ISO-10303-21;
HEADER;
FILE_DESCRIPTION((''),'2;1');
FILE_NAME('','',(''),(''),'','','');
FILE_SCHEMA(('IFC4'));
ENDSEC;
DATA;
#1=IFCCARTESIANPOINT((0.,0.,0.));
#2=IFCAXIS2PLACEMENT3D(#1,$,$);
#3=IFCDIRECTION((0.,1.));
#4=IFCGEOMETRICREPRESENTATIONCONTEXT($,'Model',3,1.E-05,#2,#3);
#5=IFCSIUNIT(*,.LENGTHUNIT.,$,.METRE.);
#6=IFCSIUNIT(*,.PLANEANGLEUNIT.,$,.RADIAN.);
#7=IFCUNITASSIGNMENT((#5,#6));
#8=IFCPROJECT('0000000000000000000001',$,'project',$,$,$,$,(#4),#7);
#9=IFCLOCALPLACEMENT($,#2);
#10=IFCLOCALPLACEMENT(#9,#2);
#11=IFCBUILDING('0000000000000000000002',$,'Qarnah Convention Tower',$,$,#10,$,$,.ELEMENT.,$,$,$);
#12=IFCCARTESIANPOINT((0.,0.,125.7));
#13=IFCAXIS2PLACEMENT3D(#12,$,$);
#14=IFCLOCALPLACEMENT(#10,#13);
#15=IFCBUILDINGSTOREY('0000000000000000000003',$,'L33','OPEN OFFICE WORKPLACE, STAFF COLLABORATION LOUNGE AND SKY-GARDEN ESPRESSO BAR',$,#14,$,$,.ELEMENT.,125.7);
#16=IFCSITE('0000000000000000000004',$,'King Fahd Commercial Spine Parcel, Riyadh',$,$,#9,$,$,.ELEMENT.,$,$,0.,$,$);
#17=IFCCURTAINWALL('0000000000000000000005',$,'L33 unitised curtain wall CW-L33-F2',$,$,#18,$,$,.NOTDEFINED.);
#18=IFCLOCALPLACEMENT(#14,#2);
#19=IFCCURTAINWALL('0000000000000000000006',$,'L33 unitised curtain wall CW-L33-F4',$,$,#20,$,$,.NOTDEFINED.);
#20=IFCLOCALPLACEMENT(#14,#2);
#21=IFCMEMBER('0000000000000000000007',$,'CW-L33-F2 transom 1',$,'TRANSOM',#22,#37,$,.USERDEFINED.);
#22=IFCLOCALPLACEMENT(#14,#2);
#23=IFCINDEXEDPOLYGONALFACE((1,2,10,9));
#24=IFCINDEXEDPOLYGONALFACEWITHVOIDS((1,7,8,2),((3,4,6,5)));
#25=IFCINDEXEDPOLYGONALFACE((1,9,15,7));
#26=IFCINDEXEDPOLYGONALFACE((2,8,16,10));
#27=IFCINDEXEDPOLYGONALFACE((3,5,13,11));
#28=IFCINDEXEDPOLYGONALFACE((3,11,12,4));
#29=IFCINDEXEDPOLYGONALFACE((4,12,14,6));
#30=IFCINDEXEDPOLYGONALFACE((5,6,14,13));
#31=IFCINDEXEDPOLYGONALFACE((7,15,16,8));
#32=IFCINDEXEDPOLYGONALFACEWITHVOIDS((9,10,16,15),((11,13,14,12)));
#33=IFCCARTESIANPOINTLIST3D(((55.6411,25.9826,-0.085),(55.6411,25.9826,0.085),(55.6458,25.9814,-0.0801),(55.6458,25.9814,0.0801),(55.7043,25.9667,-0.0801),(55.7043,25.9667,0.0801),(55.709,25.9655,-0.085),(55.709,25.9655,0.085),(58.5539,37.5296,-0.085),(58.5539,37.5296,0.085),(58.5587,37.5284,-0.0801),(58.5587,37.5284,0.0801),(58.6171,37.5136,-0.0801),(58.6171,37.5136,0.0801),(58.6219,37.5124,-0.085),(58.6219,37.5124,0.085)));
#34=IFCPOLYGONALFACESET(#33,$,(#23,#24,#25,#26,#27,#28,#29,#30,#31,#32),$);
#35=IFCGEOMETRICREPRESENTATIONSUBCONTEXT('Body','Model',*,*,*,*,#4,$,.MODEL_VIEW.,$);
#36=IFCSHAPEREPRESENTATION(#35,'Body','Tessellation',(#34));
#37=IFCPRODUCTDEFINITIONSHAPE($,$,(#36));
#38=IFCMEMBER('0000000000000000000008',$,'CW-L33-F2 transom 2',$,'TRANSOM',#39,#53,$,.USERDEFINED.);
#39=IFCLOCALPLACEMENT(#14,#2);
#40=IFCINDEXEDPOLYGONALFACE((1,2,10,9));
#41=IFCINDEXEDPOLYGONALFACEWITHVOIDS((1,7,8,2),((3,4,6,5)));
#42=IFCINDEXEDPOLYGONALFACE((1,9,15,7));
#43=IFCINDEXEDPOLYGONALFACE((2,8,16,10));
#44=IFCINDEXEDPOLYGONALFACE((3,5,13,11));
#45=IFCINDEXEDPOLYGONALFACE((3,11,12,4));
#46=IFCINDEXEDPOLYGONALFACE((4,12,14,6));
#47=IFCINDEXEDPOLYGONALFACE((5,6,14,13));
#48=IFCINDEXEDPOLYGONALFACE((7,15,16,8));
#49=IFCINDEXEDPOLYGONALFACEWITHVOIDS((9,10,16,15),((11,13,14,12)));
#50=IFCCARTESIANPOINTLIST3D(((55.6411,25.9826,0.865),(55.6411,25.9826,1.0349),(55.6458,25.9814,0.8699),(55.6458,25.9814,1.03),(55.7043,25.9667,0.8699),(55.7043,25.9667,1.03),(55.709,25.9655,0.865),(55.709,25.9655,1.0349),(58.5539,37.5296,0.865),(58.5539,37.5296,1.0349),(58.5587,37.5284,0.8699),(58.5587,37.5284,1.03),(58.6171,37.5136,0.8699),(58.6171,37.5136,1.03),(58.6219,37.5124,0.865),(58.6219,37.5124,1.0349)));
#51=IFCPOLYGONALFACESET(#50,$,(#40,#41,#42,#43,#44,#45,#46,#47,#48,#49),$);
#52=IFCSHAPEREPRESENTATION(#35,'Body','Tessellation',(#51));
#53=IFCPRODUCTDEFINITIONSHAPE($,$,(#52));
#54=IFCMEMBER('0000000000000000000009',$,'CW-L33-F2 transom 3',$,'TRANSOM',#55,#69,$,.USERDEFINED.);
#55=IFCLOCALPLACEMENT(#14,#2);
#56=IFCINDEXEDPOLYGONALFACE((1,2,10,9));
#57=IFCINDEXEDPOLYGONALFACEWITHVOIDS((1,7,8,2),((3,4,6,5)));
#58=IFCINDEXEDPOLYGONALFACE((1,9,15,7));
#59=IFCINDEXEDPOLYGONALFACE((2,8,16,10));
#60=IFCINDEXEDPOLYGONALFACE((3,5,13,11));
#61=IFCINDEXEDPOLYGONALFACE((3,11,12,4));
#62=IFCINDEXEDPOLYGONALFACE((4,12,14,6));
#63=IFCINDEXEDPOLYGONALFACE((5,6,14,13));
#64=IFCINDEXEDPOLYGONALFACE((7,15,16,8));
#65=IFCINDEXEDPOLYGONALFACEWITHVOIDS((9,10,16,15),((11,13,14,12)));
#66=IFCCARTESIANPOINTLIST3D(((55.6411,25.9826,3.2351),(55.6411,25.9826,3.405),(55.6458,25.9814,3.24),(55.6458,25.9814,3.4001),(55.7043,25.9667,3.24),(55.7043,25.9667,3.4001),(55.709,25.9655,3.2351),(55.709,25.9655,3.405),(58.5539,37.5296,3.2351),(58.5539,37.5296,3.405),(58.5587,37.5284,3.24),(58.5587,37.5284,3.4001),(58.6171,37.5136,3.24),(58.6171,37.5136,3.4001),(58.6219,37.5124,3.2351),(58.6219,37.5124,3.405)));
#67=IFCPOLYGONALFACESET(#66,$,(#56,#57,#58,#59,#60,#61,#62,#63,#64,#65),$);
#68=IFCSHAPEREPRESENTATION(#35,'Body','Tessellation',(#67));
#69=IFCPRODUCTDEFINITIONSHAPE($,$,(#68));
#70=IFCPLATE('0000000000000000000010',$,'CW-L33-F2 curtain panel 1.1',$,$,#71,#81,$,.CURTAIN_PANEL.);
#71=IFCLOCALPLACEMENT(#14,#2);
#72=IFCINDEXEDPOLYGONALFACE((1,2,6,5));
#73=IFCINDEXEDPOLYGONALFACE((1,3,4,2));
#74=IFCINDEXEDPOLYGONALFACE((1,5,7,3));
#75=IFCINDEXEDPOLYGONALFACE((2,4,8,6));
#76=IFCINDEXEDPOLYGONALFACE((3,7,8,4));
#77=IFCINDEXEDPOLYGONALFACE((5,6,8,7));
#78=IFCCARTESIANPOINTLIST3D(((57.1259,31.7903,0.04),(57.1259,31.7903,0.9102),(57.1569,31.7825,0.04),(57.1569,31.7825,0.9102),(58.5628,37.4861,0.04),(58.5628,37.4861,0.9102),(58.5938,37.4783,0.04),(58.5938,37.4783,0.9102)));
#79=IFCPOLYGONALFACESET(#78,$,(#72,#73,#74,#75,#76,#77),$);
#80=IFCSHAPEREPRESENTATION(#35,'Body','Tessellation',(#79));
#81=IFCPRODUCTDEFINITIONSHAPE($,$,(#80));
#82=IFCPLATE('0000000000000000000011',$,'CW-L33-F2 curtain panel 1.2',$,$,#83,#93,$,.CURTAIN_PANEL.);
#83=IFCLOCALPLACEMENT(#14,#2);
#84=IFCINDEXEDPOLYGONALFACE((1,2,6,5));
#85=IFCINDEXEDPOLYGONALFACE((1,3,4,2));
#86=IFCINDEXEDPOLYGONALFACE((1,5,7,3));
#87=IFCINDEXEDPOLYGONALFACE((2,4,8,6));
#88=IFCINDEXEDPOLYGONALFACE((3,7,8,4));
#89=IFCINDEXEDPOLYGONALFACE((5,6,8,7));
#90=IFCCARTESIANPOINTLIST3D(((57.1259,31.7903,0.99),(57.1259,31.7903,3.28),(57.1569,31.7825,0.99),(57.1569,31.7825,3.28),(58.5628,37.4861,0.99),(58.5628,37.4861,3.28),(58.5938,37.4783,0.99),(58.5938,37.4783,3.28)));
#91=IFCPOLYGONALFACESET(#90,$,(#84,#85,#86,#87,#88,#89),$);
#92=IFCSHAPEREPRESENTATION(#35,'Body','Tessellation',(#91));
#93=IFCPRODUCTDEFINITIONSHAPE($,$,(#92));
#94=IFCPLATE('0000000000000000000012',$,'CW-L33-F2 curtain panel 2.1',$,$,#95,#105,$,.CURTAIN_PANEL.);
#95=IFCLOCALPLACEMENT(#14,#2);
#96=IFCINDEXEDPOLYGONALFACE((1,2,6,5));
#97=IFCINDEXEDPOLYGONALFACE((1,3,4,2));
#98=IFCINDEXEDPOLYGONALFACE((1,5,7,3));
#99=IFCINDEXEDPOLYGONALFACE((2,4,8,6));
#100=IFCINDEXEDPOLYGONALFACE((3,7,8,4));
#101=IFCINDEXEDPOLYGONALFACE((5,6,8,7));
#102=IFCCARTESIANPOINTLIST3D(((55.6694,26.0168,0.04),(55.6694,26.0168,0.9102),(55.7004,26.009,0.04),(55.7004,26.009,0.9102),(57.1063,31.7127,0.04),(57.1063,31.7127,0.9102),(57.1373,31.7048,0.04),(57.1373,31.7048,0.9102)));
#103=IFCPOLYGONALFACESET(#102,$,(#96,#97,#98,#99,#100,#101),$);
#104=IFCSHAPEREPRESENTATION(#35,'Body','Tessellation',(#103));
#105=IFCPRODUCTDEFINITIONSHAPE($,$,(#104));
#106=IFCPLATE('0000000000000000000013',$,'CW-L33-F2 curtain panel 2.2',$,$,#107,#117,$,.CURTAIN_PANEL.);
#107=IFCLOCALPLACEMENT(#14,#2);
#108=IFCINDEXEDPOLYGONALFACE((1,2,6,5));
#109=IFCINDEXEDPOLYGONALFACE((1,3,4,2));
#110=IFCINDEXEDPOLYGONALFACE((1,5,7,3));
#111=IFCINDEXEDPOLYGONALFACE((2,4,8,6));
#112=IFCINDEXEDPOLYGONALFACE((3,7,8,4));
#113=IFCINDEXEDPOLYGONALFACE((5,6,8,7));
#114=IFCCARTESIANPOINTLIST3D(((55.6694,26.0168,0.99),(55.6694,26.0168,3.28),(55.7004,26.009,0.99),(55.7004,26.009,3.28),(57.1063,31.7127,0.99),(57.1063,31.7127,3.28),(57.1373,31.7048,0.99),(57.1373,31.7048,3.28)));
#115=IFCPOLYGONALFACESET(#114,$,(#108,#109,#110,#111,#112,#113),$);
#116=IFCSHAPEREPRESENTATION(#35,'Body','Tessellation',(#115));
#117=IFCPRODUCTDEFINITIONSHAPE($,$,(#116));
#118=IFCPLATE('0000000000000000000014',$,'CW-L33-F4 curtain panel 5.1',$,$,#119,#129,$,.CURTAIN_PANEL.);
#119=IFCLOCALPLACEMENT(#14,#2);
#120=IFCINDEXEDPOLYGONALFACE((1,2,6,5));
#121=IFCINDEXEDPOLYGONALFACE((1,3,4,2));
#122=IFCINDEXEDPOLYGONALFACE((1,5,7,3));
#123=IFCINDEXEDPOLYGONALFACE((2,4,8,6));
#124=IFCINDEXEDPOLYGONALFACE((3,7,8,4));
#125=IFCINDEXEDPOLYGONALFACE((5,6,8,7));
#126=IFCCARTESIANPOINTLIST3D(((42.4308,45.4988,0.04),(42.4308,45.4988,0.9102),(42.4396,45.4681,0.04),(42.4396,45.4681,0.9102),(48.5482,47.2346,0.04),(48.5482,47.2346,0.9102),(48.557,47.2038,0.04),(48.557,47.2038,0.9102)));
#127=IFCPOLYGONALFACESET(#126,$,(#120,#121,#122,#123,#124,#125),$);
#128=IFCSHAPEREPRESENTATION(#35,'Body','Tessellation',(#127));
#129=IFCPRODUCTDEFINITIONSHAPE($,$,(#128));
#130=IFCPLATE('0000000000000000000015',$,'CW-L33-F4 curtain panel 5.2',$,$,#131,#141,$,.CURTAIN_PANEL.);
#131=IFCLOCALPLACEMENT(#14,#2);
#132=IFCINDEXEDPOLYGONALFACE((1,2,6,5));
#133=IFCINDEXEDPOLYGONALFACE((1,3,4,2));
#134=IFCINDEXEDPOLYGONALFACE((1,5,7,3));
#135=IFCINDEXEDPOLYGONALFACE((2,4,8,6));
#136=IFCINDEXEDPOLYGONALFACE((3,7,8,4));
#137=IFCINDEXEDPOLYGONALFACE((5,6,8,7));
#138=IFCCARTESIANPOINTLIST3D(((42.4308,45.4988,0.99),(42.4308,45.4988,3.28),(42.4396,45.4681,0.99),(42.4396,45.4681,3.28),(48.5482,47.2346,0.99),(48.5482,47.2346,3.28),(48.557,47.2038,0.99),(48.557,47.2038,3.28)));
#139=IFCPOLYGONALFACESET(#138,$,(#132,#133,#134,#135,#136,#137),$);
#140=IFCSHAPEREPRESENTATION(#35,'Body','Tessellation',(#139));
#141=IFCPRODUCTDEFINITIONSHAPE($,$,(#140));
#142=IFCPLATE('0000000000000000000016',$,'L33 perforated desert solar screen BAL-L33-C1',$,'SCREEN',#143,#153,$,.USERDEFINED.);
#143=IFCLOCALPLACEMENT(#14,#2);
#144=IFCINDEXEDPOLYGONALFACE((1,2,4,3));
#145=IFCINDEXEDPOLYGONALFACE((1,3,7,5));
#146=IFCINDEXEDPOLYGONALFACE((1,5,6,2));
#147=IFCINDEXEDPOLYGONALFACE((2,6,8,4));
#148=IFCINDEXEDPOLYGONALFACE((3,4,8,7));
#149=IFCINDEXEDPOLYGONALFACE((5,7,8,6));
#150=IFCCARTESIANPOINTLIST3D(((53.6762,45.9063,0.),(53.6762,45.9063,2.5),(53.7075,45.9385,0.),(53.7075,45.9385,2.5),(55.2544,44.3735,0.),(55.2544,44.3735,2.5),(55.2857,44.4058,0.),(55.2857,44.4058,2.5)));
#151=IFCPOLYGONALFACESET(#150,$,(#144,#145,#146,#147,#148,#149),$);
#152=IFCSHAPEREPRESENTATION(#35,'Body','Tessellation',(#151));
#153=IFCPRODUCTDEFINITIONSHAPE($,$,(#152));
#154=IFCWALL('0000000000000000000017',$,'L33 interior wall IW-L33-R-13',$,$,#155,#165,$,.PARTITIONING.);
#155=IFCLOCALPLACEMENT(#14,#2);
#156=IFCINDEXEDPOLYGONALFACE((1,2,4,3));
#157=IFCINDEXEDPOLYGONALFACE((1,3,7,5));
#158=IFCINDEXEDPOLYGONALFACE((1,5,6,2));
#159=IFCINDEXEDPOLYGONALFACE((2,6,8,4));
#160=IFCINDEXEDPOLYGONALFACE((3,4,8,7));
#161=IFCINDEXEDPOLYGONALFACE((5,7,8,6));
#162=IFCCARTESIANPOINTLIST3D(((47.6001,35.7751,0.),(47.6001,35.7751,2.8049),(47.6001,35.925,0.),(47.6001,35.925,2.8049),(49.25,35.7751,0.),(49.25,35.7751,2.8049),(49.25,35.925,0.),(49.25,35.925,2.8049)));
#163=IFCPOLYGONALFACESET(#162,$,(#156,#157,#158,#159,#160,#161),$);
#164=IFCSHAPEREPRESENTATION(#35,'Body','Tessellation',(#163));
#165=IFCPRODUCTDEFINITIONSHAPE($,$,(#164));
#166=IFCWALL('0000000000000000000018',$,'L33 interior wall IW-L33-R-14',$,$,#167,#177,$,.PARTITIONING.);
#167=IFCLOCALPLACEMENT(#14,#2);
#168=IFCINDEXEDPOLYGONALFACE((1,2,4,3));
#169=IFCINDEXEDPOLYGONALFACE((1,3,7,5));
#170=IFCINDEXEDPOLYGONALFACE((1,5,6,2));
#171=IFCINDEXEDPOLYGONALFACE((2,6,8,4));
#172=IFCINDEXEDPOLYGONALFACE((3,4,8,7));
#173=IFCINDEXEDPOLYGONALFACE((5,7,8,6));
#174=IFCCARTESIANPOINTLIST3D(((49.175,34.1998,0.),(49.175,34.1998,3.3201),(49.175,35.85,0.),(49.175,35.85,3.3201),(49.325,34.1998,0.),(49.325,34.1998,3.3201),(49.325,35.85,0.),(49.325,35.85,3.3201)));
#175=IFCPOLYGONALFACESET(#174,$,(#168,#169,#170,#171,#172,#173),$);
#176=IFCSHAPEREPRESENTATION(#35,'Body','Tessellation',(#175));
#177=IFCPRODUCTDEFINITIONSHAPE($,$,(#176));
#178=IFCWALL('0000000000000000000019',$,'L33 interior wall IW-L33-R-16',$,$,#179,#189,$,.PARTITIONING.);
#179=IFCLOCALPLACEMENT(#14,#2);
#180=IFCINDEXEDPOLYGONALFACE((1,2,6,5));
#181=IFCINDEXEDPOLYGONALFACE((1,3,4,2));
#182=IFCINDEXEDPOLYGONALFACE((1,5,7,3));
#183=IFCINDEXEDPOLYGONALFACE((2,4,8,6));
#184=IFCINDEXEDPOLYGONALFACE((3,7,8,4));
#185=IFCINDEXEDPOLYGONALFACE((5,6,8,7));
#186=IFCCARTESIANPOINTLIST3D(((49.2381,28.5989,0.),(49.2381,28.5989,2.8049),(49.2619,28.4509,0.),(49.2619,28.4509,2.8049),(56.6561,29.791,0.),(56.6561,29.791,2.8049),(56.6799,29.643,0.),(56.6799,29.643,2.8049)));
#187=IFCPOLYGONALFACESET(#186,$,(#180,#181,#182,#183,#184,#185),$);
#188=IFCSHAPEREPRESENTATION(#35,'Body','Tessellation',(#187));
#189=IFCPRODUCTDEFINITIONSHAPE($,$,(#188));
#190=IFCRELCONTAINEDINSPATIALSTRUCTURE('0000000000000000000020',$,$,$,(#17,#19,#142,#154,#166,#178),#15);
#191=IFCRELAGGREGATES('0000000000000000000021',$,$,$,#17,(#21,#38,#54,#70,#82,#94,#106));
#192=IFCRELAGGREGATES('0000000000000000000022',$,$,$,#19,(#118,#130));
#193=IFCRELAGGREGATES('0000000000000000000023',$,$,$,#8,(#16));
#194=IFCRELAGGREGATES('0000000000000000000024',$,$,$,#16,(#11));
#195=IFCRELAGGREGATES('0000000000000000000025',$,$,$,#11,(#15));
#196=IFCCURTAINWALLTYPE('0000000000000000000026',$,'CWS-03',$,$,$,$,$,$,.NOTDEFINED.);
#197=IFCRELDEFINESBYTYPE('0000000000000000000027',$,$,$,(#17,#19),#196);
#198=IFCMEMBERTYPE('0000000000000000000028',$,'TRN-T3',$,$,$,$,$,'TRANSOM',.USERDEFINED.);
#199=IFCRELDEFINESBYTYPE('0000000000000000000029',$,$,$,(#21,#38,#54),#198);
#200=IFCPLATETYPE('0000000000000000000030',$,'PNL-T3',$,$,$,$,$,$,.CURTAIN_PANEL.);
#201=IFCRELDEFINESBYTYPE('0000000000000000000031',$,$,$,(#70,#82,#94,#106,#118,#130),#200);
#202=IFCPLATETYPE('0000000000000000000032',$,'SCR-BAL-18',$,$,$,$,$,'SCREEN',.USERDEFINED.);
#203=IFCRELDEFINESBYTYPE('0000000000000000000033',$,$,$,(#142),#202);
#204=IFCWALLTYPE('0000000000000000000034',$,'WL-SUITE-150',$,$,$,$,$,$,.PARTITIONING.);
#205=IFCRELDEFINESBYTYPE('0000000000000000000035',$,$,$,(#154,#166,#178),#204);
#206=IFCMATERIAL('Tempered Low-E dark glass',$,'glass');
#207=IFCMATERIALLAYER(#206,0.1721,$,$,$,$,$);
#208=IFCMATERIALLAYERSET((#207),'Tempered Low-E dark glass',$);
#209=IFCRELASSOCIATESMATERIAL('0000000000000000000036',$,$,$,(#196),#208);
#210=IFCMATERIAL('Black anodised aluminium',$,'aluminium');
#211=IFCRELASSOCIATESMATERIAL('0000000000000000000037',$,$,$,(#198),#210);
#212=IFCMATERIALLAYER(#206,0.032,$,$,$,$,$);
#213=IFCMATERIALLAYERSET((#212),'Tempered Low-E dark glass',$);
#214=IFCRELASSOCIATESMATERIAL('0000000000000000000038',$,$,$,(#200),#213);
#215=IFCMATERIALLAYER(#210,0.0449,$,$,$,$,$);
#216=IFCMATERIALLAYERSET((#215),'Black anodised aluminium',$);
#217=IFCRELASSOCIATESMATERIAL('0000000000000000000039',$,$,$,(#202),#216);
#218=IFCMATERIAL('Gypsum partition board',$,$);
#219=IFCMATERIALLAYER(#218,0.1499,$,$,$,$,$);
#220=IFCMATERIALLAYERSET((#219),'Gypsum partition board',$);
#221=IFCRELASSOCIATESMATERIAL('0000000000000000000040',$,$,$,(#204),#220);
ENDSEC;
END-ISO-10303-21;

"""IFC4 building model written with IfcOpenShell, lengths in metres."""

from ifc_helpers import new_model, si_unit, direction, frame, frame_2d, origin, origin_2d, place, context, subcontext, project, spatial, rectangle, hollow_rectangle, extrude, material, layer, layer_set, material_profile, profile_set, type_object, element, aggregate, save


model = new_model("IFC4")

# Units and contexts
model_context = context("Model", 3, precision=1e-05, world=origin(), true_north=direction((0.0, 1.0)))
body_context = subcontext(model_context, "Body", "Model", "MODEL_VIEW")
ifc_project = project(units=[si_unit("LENGTHUNIT", "METRE"), si_unit("PLANEANGLEUNIT", "RADIAN")], contexts=[model_context])

# Site, building, storey
site_placement = place(None, origin())
site = spatial("IfcSite", under=ifc_project, at=site_placement, Name="King Fahd Commercial Spine Parcel, Riyadh", CompositionType="ELEMENT", RefElevation=0.0)
building_placement = place(site_placement, origin())
building = spatial("IfcBuilding", under=site, at=building_placement, Name="Qarnah Convention Tower", CompositionType="ELEMENT")
storey_placement = place(building_placement, frame((0.0, 0.0, 125.7)))
storey = spatial("IfcBuildingStorey", under=building, at=storey_placement, Name="L33", Description="OPEN OFFICE WORKPLACE, STAFF COLLABORATION LOUNGE AND SKY-GARDEN ESPRESSO BAR", CompositionType="ELEMENT", Elevation=125.7)

# Curtain wall
ifc_material_1 = material(Name="Tempered Low-E dark glass", Category="glass")
ifc_layer_1 = layer(ifc_material_1, 0.1721)
ifc_layer_set_1 = layer_set([ifc_layer_1], Name="Tempered Low-E dark glass")
curtain_wall_type = type_object("IfcCurtainWallType", Name="CWS-03", PredefinedType="NOTDEFINED", material=ifc_layer_set_1)
curtain_wall_1_placement = place(storey_placement, origin())
curtain_wall_1 = element("IfcCurtainWall", 1, at=curtain_wall_1_placement, inside=storey, type_object=curtain_wall_type, Name="L33 unitised curtain wall CW-L33-F2", PredefinedType="NOTDEFINED")
ifc_material_2 = material(Name="Black anodised aluminium", Category="aluminium")

# Curtain wall
curtain_wall_2_placement = place(storey_placement, origin())
curtain_wall_2 = element("IfcCurtainWall", 2, at=curtain_wall_2_placement, inside=storey, type_object=curtain_wall_type, Name="L33 unitised curtain wall CW-L33-F4", PredefinedType="NOTDEFINED")

# Members
ifc_material_profile_1 = material_profile(ifc_material_2, hollow_rectangle(XDim=0.0701, YDim=0.1699, WallThickness=0.0049, at=origin_2d()), Name="TRN-70X170")
ifc_profile_set_1 = profile_set([ifc_material_profile_1], Name="Black anodised aluminium")
member_type_1 = type_object("IfcMemberType", Name="TRN-T3", ElementType="TRANSOM", PredefinedType="USERDEFINED", material=ifc_profile_set_1)
member_1_placement = place(storey_placement, frame((58.5879, 37.521, 0.0), z_axis=(-0.2446, -0.969624, 0.0), x_axis=(0.969624, -0.2446, 0.0)))
member_1 = element("IfcMember", 3, at=member_1_placement, type_object=member_type_1, Name="CW-L33-F2 transom 1", ObjectType="TRANSOM", PredefinedType="USERDEFINED", context=body_context, shape_type="SweptSolid", body=[
    extrude(hollow_rectangle(XDim=0.0701, YDim=0.1699, WallThickness=0.0049, at=origin_2d()), origin(), (0.0, 0.0, 1.0), 11.9087),
])
member_2_placement = place(storey_placement, frame((58.5879, 37.521, 0.95), z_axis=(-0.2446, -0.969624, 0.0), x_axis=(0.969624, -0.2446, 0.0)))
member_2 = element("IfcMember", 4, at=member_2_placement, type_object=member_type_1, Name="CW-L33-F2 transom 2", ObjectType="TRANSOM", PredefinedType="USERDEFINED", context=body_context, shape_type="SweptSolid", body=[
    extrude(hollow_rectangle(XDim=0.0701, YDim=0.1699, WallThickness=0.0049, at=origin_2d()), origin(), (0.0, 0.0, 1.0), 11.9087),
])
member_3_placement = place(storey_placement, frame((58.5879, 37.521, 3.3201), z_axis=(-0.2446, -0.969624, 0.0), x_axis=(0.969624, -0.2446, 0.0)))
member_3 = element("IfcMember", 5, at=member_3_placement, type_object=member_type_1, Name="CW-L33-F2 transom 3", ObjectType="TRANSOM", PredefinedType="USERDEFINED", context=body_context, shape_type="SweptSolid", body=[
    extrude(hollow_rectangle(XDim=0.0701, YDim=0.1699, WallThickness=0.0049, at=origin_2d()), origin(), (0.0, 0.0, 1.0), 11.9087),
])

# Plates
ifc_layer_2 = layer(ifc_material_1, 0.032)
ifc_layer_set_2 = layer_set([ifc_layer_2], Name="Tempered Low-E dark glass")
plate_type_1 = type_object("IfcPlateType", Name="PNL-T3", PredefinedType="CURTAIN_PANEL", material=ifc_layer_set_2)
plate_1_placement = place(storey_placement, frame((57.8599, 34.6343, 0.04), z_axis=(0.0, 0.0, 1.0), x_axis=(-0.24461, -0.969622, 0.0)))
plate_1 = element("IfcPlate", 6, at=plate_1_placement, type_object=plate_type_1, Name="CW-L33-F2 curtain panel 1.1", PredefinedType="CURTAIN_PANEL", context=body_context, shape_type="SweptSolid", body=[
    extrude(rectangle(XDim=5.8743, YDim=0.032, at=origin_2d()), origin(), (0.0, 0.0, 1.0), 0.8701),
])
plate_2_placement = place(storey_placement, frame((57.8599, 34.6343, 0.99), z_axis=(0.0, 0.0, 1.0), x_axis=(-0.24461, -0.969622, 0.0)))
plate_2 = element("IfcPlate", 7, at=plate_2_placement, type_object=plate_type_1, Name="CW-L33-F2 curtain panel 1.2", PredefinedType="CURTAIN_PANEL", context=body_context, shape_type="SweptSolid", body=[
    extrude(rectangle(XDim=5.8743, YDim=0.032, at=origin_2d()), origin(), (0.0, 0.0, 1.0), 2.29),
])
plate_3_placement = place(storey_placement, frame((56.4033, 28.8608, 0.04), z_axis=(0.0, 0.0, 1.0), x_axis=(-0.24461, -0.969622, 0.0)))
plate_3 = element("IfcPlate", 8, at=plate_3_placement, type_object=plate_type_1, Name="CW-L33-F2 curtain panel 2.1", PredefinedType="CURTAIN_PANEL", context=body_context, shape_type="SweptSolid", body=[
    extrude(rectangle(XDim=5.8743, YDim=0.032, at=origin_2d()), origin(), (0.0, 0.0, 1.0), 0.8701),
])
plate_4_placement = place(storey_placement, frame((56.4033, 28.8608, 0.99), z_axis=(0.0, 0.0, 1.0), x_axis=(-0.24461, -0.969622, 0.0)))
plate_4 = element("IfcPlate", 9, at=plate_4_placement, type_object=plate_type_1, Name="CW-L33-F2 curtain panel 2.2", PredefinedType="CURTAIN_PANEL", context=body_context, shape_type="SweptSolid", body=[
    extrude(rectangle(XDim=5.8743, YDim=0.032, at=origin_2d()), origin(), (0.0, 0.0, 1.0), 2.29),
])
aggregate(curtain_wall_1, [member_1, member_2, member_3, plate_1, plate_2, plate_3, plate_4])
plate_5_placement = place(storey_placement, frame((45.4939, 46.3513, 0.04), z_axis=(0.0, 0.0, 1.0), x_axis=(0.962024, 0.272965, 0.0)))
plate_5 = element("IfcPlate", 10, at=plate_5_placement, type_object=plate_type_1, Name="CW-L33-F4 curtain panel 5.1", PredefinedType="CURTAIN_PANEL", context=body_context, shape_type="SweptSolid", body=[
    extrude(rectangle(XDim=6.3589, YDim=0.032, at=origin_2d()), origin(), (0.0, 0.0, 1.0), 0.8701),
])
plate_6_placement = place(storey_placement, frame((45.4939, 46.3513, 0.99), z_axis=(0.0, 0.0, 1.0), x_axis=(0.962024, 0.272965, 0.0)))
plate_6 = element("IfcPlate", 11, at=plate_6_placement, type_object=plate_type_1, Name="CW-L33-F4 curtain panel 5.2", PredefinedType="CURTAIN_PANEL", context=body_context, shape_type="SweptSolid", body=[
    extrude(rectangle(XDim=6.3589, YDim=0.032, at=origin_2d()), origin(), (0.0, 0.0, 1.0), 2.29),
])
aggregate(curtain_wall_2, [plate_5, plate_6])
ifc_layer_3 = layer(ifc_material_2, 0.0449)
ifc_layer_set_3 = layer_set([ifc_layer_3], Name="Black anodised aluminium")
plate_type_2 = type_object("IfcPlateType", Name="SCR-BAL-18", ElementType="SCREEN", PredefinedType="USERDEFINED", material=ifc_layer_set_3)
plate_7_placement = place(storey_placement, frame((54.481, 45.156, 0.0), z_axis=(0.0, 0.0, 1.0), x_axis=(0.717357, -0.696706, 0.0)))
element("IfcPlate", 12, at=plate_7_placement, inside=storey, type_object=plate_type_2, Name="L33 perforated desert solar screen BAL-L33-C1", ObjectType="SCREEN", PredefinedType="USERDEFINED", context=body_context, shape_type="SweptSolid", body=[
    extrude(rectangle(XDim=2.2, YDim=0.0449, at=origin_2d()), origin(), (0.0, 0.0, 1.0), 2.5),
])

# Walls
ifc_material_3 = material(Name="Gypsum partition board")
ifc_layer_4 = layer(ifc_material_3, 0.1499)
ifc_layer_set_4 = layer_set([ifc_layer_4], Name="Gypsum partition board")
wall_type_1 = type_object("IfcWallType", Name="WL-SUITE-150", PredefinedType="PARTITIONING", material=ifc_layer_set_4)
wall_1_placement = place(storey_placement, frame((47.6001, 35.8501, 0.0), z_axis=(0.0, 0.0, 1.0), x_axis=(1.0, 0.0, 0.0)))
element("IfcWall", 13, at=wall_1_placement, inside=storey, type_object=wall_type_1, Name="L33 interior wall IW-L33-R-13", PredefinedType="PARTITIONING", context=body_context, shape_type="SweptSolid", body=[
    extrude(rectangle(XDim=1.6499, YDim=0.1499, at=frame_2d((0.825, 0.0))), origin(), (0.0, 0.0, 1.0), 2.8049),
])
wall_2_placement = place(storey_placement, frame((49.25, 35.8501, 0.0), z_axis=(0.0, 0.0, 1.0), x_axis=(0.0, -1.0, 0.0)))
element("IfcWall", 14, at=wall_2_placement, inside=storey, type_object=wall_type_1, Name="L33 interior wall IW-L33-R-14", PredefinedType="PARTITIONING", context=body_context, shape_type="SweptSolid", body=[
    extrude(rectangle(XDim=1.6501, YDim=0.1499, at=frame_2d((0.8252, 0.0))), origin(), (0.0, 0.0, 1.0), 3.3201),
])

# Wall
wall_3_placement = place(storey_placement, frame((49.25, 28.5249, 0.0), z_axis=(0.0, 0.0, 1.0), x_axis=(0.987331, 0.158674, 0.0)))
element("IfcWall", 15, at=wall_3_placement, inside=storey, type_object=wall_type_1, Name="L33 interior wall IW-L33-R-16", PredefinedType="PARTITIONING", context=body_context, shape_type="SweptSolid", body=[
    extrude(rectangle(XDim=7.5132, YDim=0.1499, at=frame_2d((3.7566, 0.0))), origin(), (0.0, 0.0, 1.0), 2.8049),
])

save(model, "model.ifc")
